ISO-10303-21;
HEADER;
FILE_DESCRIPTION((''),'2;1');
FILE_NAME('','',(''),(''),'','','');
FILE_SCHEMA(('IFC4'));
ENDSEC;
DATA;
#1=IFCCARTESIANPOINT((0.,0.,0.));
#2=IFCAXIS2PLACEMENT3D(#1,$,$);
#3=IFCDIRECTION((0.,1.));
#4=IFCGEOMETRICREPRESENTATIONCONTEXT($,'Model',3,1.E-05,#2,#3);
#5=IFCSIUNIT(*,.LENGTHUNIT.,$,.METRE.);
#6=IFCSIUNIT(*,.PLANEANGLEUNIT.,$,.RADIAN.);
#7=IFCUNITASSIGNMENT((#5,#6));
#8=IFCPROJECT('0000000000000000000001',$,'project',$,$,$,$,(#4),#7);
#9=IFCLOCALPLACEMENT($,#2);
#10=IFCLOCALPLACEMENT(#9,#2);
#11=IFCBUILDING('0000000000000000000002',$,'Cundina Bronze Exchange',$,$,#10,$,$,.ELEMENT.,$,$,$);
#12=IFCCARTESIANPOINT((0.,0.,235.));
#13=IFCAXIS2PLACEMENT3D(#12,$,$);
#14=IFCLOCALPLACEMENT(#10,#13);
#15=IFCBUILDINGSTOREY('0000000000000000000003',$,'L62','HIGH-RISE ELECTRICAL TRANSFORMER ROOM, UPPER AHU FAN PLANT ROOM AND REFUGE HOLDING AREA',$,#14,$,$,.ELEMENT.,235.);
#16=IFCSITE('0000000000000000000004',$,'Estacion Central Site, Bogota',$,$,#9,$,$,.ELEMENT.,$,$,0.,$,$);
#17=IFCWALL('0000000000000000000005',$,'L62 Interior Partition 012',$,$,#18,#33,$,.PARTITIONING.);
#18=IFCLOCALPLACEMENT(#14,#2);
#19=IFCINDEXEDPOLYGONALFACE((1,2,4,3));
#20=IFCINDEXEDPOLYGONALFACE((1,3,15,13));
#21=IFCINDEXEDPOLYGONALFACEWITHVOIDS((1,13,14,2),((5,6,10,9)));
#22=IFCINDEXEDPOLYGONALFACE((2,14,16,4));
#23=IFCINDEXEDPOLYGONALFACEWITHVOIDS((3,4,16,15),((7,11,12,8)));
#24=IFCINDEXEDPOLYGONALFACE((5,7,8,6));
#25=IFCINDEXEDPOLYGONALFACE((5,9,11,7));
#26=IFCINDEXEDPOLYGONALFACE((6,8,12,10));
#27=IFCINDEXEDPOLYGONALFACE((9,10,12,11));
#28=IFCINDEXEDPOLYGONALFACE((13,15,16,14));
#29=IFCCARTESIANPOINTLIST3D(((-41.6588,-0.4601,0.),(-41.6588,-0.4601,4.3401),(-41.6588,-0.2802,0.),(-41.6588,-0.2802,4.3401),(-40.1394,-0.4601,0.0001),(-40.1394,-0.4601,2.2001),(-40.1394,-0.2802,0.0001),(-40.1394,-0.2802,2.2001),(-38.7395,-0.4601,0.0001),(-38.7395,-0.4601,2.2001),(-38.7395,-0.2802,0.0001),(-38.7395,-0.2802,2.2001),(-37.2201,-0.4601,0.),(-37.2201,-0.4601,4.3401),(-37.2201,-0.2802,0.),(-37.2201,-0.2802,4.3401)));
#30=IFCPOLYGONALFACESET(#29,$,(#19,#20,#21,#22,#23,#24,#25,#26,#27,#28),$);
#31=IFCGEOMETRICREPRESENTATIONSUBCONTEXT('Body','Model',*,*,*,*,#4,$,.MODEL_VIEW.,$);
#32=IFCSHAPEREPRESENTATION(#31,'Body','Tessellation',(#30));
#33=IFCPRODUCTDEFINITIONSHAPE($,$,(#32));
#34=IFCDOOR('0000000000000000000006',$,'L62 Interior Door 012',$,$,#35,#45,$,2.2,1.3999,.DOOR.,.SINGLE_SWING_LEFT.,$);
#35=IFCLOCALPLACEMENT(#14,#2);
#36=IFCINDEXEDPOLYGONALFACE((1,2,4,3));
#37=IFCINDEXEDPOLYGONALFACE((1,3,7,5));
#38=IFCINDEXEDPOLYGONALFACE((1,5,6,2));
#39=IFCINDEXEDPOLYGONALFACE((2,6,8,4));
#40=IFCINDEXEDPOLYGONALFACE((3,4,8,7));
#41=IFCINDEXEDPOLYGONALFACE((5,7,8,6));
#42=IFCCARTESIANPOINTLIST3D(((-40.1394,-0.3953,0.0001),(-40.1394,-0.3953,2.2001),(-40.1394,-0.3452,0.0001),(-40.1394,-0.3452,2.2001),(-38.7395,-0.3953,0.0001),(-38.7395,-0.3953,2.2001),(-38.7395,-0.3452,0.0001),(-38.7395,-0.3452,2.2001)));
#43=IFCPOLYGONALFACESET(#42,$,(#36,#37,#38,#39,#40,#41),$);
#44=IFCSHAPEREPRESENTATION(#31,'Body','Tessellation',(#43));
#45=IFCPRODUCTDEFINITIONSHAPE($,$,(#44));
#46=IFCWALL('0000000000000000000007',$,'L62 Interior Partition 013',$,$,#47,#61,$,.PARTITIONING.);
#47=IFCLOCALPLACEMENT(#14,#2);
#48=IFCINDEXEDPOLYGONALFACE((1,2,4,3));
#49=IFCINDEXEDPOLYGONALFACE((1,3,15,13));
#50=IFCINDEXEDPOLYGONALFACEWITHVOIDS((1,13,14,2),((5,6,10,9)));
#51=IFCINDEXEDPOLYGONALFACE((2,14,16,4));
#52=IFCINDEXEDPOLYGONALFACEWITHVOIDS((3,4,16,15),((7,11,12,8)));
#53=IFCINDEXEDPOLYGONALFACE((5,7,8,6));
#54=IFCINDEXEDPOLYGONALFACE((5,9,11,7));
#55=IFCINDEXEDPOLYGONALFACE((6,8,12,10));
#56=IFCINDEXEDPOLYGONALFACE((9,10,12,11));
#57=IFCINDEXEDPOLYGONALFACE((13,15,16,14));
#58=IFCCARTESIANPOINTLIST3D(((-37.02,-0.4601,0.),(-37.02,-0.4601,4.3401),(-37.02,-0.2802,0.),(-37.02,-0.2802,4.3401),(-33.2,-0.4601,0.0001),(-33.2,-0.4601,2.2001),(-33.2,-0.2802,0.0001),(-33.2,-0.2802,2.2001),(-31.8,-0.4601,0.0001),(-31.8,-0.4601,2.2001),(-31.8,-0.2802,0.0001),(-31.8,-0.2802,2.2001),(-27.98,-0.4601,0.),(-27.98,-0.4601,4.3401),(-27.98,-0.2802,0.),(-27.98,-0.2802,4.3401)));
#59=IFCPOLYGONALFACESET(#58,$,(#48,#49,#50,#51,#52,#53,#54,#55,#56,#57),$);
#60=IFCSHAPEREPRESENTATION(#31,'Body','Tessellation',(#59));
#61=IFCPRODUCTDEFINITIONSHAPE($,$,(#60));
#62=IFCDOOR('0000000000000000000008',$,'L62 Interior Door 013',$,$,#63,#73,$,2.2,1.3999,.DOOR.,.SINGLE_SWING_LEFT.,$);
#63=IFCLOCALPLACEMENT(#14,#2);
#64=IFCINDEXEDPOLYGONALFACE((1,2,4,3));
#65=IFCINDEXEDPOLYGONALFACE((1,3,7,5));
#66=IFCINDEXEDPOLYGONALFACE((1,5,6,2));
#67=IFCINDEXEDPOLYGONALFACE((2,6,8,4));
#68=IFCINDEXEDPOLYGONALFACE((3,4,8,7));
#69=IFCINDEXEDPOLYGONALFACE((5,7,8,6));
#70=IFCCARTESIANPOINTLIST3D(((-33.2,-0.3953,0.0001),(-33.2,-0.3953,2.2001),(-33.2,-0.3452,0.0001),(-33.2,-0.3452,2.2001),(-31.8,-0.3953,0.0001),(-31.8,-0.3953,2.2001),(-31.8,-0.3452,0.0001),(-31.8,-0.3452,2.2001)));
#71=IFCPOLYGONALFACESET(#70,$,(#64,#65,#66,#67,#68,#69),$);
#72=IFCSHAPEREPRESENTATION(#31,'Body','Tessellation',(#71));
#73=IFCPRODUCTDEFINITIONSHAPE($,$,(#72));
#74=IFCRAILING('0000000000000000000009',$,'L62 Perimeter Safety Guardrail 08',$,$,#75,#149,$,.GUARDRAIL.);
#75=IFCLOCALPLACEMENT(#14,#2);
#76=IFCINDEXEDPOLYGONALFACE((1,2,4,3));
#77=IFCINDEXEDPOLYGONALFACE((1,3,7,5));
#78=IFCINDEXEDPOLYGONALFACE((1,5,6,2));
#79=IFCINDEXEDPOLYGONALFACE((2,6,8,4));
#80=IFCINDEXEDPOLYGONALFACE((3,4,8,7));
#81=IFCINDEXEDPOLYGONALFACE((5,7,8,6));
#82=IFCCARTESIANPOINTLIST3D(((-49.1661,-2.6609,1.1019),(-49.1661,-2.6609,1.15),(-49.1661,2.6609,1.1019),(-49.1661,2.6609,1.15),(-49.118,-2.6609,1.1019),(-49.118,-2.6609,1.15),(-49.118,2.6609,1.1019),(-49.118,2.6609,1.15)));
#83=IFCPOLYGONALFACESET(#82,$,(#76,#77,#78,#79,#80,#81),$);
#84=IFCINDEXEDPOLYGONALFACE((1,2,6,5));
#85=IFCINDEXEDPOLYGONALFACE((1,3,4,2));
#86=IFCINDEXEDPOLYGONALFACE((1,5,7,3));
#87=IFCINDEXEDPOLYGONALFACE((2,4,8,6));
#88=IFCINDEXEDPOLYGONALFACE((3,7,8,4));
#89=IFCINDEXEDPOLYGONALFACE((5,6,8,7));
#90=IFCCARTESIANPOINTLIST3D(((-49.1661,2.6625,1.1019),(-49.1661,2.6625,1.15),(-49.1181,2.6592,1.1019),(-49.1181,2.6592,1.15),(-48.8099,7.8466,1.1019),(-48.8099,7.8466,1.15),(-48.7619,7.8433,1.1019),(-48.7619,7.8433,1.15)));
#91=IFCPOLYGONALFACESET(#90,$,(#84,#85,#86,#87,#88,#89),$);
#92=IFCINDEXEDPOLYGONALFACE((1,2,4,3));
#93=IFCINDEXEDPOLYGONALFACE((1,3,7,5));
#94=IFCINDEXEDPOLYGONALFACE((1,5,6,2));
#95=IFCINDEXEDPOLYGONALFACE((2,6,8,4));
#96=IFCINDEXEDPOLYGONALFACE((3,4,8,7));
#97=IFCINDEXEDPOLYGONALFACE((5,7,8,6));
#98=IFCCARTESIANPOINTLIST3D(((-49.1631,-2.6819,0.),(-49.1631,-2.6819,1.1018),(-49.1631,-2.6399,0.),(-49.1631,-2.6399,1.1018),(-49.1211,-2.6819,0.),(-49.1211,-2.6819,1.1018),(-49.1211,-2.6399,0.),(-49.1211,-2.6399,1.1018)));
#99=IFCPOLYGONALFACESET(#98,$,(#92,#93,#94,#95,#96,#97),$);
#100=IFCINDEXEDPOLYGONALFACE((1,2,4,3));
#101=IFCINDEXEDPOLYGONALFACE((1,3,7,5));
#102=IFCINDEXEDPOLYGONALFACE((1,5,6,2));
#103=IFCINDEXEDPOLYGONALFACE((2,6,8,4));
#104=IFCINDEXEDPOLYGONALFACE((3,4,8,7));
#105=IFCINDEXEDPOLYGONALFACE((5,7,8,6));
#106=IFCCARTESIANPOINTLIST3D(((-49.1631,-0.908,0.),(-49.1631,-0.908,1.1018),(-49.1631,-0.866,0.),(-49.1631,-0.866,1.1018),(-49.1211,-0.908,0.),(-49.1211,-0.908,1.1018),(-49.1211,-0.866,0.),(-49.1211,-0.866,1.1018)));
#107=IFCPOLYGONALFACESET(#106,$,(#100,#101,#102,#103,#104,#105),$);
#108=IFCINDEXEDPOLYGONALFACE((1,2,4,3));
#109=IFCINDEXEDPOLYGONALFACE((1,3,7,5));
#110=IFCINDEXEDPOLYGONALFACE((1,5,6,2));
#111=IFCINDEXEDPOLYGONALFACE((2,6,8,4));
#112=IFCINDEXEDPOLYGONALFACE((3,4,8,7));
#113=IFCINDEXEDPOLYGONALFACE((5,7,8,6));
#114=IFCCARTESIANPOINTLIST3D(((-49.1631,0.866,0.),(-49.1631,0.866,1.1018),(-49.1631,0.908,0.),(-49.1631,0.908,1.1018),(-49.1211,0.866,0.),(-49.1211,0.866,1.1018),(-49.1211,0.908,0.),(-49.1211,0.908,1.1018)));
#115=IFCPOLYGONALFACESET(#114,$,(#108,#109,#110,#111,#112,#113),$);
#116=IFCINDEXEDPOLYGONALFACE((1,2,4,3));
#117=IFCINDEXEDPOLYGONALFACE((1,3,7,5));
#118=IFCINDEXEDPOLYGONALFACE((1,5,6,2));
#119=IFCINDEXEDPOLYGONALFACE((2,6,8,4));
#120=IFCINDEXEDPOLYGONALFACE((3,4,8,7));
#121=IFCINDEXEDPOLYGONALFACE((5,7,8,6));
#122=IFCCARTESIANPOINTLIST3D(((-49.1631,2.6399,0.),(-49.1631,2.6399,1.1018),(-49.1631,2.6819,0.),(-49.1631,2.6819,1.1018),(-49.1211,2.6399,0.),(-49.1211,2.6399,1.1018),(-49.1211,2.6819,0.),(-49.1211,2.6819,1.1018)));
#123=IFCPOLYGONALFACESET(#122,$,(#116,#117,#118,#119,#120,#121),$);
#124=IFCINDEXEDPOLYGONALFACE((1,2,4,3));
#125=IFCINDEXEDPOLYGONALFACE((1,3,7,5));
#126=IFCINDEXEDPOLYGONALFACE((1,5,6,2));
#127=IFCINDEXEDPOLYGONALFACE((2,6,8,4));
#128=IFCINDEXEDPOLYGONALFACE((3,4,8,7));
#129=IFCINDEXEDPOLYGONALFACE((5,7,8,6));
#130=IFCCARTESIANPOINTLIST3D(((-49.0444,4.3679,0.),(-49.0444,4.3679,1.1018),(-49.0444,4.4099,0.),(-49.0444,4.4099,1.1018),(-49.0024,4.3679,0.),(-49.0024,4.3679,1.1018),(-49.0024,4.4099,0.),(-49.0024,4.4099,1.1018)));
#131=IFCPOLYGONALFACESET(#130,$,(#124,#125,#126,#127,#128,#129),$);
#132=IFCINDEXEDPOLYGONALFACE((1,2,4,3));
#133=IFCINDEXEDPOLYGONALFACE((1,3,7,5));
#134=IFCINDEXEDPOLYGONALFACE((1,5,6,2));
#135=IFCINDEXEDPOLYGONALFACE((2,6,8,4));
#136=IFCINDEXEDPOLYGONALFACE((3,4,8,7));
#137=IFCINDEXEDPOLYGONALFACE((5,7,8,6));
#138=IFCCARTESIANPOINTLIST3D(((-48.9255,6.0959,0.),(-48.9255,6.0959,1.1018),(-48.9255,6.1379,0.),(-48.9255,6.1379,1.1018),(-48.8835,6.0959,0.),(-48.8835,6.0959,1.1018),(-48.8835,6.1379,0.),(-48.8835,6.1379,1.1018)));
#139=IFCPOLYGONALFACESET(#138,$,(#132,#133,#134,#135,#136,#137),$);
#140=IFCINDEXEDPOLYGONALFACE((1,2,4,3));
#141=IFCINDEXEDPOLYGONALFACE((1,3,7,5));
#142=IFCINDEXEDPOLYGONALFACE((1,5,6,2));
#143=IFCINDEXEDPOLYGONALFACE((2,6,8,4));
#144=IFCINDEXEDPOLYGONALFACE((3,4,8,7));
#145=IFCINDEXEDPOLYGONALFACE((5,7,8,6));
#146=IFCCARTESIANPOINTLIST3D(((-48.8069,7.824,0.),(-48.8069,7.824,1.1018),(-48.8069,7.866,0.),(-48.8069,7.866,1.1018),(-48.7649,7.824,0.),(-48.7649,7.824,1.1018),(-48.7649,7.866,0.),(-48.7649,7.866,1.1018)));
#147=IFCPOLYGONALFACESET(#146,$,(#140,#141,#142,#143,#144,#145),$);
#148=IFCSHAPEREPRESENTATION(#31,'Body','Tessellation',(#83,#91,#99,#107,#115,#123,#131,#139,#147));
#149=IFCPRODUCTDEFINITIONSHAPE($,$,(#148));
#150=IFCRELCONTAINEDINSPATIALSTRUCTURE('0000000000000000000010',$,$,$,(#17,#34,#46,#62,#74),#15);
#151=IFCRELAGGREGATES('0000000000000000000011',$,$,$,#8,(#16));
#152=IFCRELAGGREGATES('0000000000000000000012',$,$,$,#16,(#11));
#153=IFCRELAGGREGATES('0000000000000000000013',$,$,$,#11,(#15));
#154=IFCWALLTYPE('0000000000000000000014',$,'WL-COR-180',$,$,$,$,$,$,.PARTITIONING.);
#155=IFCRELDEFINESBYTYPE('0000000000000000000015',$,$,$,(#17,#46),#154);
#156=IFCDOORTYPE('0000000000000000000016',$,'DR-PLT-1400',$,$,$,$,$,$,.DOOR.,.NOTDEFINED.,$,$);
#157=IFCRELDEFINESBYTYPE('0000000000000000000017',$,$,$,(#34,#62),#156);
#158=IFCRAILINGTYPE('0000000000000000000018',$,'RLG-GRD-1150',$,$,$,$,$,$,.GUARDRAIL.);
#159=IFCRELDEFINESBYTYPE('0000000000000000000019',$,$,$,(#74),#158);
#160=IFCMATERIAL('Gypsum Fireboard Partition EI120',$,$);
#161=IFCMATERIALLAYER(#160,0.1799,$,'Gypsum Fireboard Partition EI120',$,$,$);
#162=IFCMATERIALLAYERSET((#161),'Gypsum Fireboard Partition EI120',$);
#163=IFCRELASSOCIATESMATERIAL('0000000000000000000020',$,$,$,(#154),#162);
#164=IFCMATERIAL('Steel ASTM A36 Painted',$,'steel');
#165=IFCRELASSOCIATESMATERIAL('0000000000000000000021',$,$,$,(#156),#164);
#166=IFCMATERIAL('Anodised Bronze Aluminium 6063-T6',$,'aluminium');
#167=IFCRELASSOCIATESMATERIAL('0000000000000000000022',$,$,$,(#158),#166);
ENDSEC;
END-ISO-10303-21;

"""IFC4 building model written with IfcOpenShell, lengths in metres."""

from ifc_helpers import new_model, si_unit, direction, frame, frame_2d, origin, origin_2d, place, context, subcontext, project, spatial, rectangle, extrude, material, layer, layer_set, type_object, element, fill, save


model = new_model("IFC4")

# Units and contexts
model_context = context("Model", 3, precision=1e-05, world=origin(), true_north=direction((0.0, 1.0)))
body_context = subcontext(model_context, "Body", "Model", "MODEL_VIEW")
ifc_project = project(units=[si_unit("LENGTHUNIT", "METRE"), si_unit("PLANEANGLEUNIT", "RADIAN")], contexts=[model_context])

# Site, building, storey
site_placement = place(None, origin())
site = spatial("IfcSite", under=ifc_project, at=site_placement, Name="Estacion Central Site, Bogota", CompositionType="ELEMENT", RefElevation=0.0)
building_placement = place(site_placement, origin())
building = spatial("IfcBuilding", under=site, at=building_placement, Name="Cundina Bronze Exchange", CompositionType="ELEMENT")
storey_placement = place(building_placement, frame((0.0, 0.0, 235.0)))
storey = spatial("IfcBuildingStorey", under=building, at=storey_placement, Name="L62", Description="HIGH-RISE ELECTRICAL TRANSFORMER ROOM, UPPER AHU FAN PLANT ROOM AND REFUGE HOLDING AREA", CompositionType="ELEMENT", Elevation=235.0)

# Walls, openings, doors
ifc_material_1 = material(Name="Gypsum Fireboard Partition EI120")
ifc_layer_1 = layer(ifc_material_1, 0.1799, Name="Gypsum Fireboard Partition EI120")
ifc_layer_set_1 = layer_set([ifc_layer_1], Name="Gypsum Fireboard Partition EI120")
wall_type = type_object("IfcWallType", Name="WL-COR-180", PredefinedType="PARTITIONING", material=ifc_layer_set_1)
wall_1_placement = place(storey_placement, frame((-41.6587, -0.3701, 0.0), z_axis=(0.0, 0.0, 1.0), x_axis=(1.0, 0.0, 0.0)))
wall_1 = element("IfcWall", 1, at=wall_1_placement, inside=storey, type_object=wall_type, Name="L62 Interior Partition 012", PredefinedType="PARTITIONING", context=body_context, shape_type="SweptSolid", body=[
    extrude(rectangle(XDim=4.4387, YDim=0.1799, at=frame_2d((2.2192, 0.0))), origin(), (0.0, 0.0, 1.0), 4.3401),
])
opening_1_placement = place(wall_1_placement, frame((1.5193, 0.0, 0.0)))
opening_1 = element("IfcOpeningElement", 2, at=opening_1_placement, cuts=wall_1, PredefinedType="OPENING", context=body_context, shape_type="SweptSolid", body=[
    extrude(rectangle(XDim=1.3999, YDim=2.2, at=frame_2d((0.7, 1.1001))), frame((0.0, 0.0999, 0.0), z_axis=(0.0, -1.0, 0.0), x_axis=(1.0, 0.0, 0.0)), (0.0, 0.0, 1.0), 0.2),
])
ifc_material_2 = material(Name="Steel ASTM A36 Painted", Category="steel")
door_type = type_object("IfcDoorType", Name="DR-PLT-1400", OperationType="NOTDEFINED", PredefinedType="DOOR", material=ifc_material_2)
door_1_placement = place(opening_1_placement, origin())
door_1 = element("IfcDoor", 3, at=door_1_placement, inside=storey, type_object=door_type, Name="L62 Interior Door 012", OperationType="SINGLE_SWING_LEFT", OverallHeight=2.2, OverallWidth=1.3999, PredefinedType="DOOR", context=body_context, shape_type="SweptSolid", body=[
    extrude(rectangle(XDim=1.3999, YDim=2.2, at=frame_2d((0.7, 1.1001))), frame((0.0, 0.0249, 0.0), z_axis=(0.0, -1.0, 0.0), x_axis=(1.0, 0.0, 0.0)), (0.0, 0.0, 1.0), 0.05),
])
fill(opening_1, door_1)
wall_2_placement = place(storey_placement, frame((-37.02, -0.3701, 0.0), z_axis=(0.0, 0.0, 1.0), x_axis=(1.0, 0.0, 0.0)))
wall_2 = element("IfcWall", 4, at=wall_2_placement, inside=storey, type_object=wall_type, Name="L62 Interior Partition 013", PredefinedType="PARTITIONING", context=body_context, shape_type="SweptSolid", body=[
    extrude(rectangle(XDim=9.04, YDim=0.1799, at=frame_2d((4.52, 0.0))), origin(), (0.0, 0.0, 1.0), 4.3401),
])
opening_2_placement = place(wall_2_placement, frame((3.8201, 0.0, 0.0)))
opening_2 = element("IfcOpeningElement", 5, at=opening_2_placement, cuts=wall_2, PredefinedType="OPENING", context=body_context, shape_type="SweptSolid", body=[
    extrude(rectangle(XDim=1.3999, YDim=2.2, at=frame_2d((0.7, 1.1001))), frame((0.0, 0.0999, 0.0), z_axis=(0.0, -1.0, 0.0), x_axis=(1.0, 0.0, 0.0)), (0.0, 0.0, 1.0), 0.2),
])
door_2_placement = place(opening_2_placement, origin())
door_2 = element("IfcDoor", 6, at=door_2_placement, inside=storey, type_object=door_type, Name="L62 Interior Door 013", OperationType="SINGLE_SWING_LEFT", OverallHeight=2.2, OverallWidth=1.3999, PredefinedType="DOOR", context=body_context, shape_type="SweptSolid", body=[
    extrude(rectangle(XDim=1.3999, YDim=2.2, at=frame_2d((0.7, 1.1001))), frame((0.0, 0.0249, 0.0), z_axis=(0.0, -1.0, 0.0), x_axis=(1.0, 0.0, 0.0)), (0.0, 0.0, 1.0), 0.05),
])
fill(opening_2, door_2)

# Railing
ifc_material_3 = material(Name="Anodised Bronze Aluminium 6063-T6", Category="aluminium")
railing_type = type_object("IfcRailingType", Name="RLG-GRD-1150", PredefinedType="GUARDRAIL", material=ifc_material_3)
railing_placement = place(storey_placement, frame((-49.1421, -2.6609, 0.0)))
element("IfcRailing", 7, at=railing_placement, inside=storey, type_object=railing_type, Name="L62 Perimeter Safety Guardrail 08", PredefinedType="GUARDRAIL", context=body_context, shape_type="SweptSolid", body=[
    extrude(rectangle(XDim=0.0481, YDim=0.0481, at=origin_2d()), frame((0.0, 0.0, 1.126), z_axis=(0.0, 1.0, 0.0), x_axis=(-1.0, 0.0, 0.0)), (0.0, 0.0, 1.0), 5.3218),
    extrude(rectangle(XDim=0.0481, YDim=0.0481, at=origin_2d()), frame((0.0, 5.3218, 1.126), z_axis=(0.068549, 0.997648, 0.0), x_axis=(-0.997648, 0.068549, 0.0)), (0.0, 0.0, 1.0), 5.1963),
    extrude(rectangle(XDim=0.042, YDim=0.042, at=origin_2d()), origin(), (0.0, 0.0, 1.0), 1.1018),
    extrude(rectangle(XDim=0.042, YDim=0.042, at=origin_2d()), frame((0.0, 1.7739, 0.0)), (0.0, 0.0, 1.0), 1.1018),
    extrude(rectangle(XDim=0.042, YDim=0.042, at=origin_2d()), frame((0.0, 3.5479, 0.0)), (0.0, 0.0, 1.0), 1.1018),
    extrude(rectangle(XDim=0.042, YDim=0.042, at=origin_2d()), frame((0.0, 5.3218, 0.0)), (0.0, 0.0, 1.0), 1.1018),
    extrude(rectangle(XDim=0.042, YDim=0.042, at=origin_2d()), frame((0.1187, 7.0498, 0.0)), (0.0, 0.0, 1.0), 1.1018),
    extrude(rectangle(XDim=0.042, YDim=0.042, at=origin_2d()), frame((0.2375, 8.7778, 0.0)), (0.0, 0.0, 1.0), 1.1018),
    extrude(rectangle(XDim=0.042, YDim=0.042, at=origin_2d()), frame((0.3562, 10.5059, 0.0)), (0.0, 0.0, 1.0), 1.1018),
])

save(model, "model.ifc")
